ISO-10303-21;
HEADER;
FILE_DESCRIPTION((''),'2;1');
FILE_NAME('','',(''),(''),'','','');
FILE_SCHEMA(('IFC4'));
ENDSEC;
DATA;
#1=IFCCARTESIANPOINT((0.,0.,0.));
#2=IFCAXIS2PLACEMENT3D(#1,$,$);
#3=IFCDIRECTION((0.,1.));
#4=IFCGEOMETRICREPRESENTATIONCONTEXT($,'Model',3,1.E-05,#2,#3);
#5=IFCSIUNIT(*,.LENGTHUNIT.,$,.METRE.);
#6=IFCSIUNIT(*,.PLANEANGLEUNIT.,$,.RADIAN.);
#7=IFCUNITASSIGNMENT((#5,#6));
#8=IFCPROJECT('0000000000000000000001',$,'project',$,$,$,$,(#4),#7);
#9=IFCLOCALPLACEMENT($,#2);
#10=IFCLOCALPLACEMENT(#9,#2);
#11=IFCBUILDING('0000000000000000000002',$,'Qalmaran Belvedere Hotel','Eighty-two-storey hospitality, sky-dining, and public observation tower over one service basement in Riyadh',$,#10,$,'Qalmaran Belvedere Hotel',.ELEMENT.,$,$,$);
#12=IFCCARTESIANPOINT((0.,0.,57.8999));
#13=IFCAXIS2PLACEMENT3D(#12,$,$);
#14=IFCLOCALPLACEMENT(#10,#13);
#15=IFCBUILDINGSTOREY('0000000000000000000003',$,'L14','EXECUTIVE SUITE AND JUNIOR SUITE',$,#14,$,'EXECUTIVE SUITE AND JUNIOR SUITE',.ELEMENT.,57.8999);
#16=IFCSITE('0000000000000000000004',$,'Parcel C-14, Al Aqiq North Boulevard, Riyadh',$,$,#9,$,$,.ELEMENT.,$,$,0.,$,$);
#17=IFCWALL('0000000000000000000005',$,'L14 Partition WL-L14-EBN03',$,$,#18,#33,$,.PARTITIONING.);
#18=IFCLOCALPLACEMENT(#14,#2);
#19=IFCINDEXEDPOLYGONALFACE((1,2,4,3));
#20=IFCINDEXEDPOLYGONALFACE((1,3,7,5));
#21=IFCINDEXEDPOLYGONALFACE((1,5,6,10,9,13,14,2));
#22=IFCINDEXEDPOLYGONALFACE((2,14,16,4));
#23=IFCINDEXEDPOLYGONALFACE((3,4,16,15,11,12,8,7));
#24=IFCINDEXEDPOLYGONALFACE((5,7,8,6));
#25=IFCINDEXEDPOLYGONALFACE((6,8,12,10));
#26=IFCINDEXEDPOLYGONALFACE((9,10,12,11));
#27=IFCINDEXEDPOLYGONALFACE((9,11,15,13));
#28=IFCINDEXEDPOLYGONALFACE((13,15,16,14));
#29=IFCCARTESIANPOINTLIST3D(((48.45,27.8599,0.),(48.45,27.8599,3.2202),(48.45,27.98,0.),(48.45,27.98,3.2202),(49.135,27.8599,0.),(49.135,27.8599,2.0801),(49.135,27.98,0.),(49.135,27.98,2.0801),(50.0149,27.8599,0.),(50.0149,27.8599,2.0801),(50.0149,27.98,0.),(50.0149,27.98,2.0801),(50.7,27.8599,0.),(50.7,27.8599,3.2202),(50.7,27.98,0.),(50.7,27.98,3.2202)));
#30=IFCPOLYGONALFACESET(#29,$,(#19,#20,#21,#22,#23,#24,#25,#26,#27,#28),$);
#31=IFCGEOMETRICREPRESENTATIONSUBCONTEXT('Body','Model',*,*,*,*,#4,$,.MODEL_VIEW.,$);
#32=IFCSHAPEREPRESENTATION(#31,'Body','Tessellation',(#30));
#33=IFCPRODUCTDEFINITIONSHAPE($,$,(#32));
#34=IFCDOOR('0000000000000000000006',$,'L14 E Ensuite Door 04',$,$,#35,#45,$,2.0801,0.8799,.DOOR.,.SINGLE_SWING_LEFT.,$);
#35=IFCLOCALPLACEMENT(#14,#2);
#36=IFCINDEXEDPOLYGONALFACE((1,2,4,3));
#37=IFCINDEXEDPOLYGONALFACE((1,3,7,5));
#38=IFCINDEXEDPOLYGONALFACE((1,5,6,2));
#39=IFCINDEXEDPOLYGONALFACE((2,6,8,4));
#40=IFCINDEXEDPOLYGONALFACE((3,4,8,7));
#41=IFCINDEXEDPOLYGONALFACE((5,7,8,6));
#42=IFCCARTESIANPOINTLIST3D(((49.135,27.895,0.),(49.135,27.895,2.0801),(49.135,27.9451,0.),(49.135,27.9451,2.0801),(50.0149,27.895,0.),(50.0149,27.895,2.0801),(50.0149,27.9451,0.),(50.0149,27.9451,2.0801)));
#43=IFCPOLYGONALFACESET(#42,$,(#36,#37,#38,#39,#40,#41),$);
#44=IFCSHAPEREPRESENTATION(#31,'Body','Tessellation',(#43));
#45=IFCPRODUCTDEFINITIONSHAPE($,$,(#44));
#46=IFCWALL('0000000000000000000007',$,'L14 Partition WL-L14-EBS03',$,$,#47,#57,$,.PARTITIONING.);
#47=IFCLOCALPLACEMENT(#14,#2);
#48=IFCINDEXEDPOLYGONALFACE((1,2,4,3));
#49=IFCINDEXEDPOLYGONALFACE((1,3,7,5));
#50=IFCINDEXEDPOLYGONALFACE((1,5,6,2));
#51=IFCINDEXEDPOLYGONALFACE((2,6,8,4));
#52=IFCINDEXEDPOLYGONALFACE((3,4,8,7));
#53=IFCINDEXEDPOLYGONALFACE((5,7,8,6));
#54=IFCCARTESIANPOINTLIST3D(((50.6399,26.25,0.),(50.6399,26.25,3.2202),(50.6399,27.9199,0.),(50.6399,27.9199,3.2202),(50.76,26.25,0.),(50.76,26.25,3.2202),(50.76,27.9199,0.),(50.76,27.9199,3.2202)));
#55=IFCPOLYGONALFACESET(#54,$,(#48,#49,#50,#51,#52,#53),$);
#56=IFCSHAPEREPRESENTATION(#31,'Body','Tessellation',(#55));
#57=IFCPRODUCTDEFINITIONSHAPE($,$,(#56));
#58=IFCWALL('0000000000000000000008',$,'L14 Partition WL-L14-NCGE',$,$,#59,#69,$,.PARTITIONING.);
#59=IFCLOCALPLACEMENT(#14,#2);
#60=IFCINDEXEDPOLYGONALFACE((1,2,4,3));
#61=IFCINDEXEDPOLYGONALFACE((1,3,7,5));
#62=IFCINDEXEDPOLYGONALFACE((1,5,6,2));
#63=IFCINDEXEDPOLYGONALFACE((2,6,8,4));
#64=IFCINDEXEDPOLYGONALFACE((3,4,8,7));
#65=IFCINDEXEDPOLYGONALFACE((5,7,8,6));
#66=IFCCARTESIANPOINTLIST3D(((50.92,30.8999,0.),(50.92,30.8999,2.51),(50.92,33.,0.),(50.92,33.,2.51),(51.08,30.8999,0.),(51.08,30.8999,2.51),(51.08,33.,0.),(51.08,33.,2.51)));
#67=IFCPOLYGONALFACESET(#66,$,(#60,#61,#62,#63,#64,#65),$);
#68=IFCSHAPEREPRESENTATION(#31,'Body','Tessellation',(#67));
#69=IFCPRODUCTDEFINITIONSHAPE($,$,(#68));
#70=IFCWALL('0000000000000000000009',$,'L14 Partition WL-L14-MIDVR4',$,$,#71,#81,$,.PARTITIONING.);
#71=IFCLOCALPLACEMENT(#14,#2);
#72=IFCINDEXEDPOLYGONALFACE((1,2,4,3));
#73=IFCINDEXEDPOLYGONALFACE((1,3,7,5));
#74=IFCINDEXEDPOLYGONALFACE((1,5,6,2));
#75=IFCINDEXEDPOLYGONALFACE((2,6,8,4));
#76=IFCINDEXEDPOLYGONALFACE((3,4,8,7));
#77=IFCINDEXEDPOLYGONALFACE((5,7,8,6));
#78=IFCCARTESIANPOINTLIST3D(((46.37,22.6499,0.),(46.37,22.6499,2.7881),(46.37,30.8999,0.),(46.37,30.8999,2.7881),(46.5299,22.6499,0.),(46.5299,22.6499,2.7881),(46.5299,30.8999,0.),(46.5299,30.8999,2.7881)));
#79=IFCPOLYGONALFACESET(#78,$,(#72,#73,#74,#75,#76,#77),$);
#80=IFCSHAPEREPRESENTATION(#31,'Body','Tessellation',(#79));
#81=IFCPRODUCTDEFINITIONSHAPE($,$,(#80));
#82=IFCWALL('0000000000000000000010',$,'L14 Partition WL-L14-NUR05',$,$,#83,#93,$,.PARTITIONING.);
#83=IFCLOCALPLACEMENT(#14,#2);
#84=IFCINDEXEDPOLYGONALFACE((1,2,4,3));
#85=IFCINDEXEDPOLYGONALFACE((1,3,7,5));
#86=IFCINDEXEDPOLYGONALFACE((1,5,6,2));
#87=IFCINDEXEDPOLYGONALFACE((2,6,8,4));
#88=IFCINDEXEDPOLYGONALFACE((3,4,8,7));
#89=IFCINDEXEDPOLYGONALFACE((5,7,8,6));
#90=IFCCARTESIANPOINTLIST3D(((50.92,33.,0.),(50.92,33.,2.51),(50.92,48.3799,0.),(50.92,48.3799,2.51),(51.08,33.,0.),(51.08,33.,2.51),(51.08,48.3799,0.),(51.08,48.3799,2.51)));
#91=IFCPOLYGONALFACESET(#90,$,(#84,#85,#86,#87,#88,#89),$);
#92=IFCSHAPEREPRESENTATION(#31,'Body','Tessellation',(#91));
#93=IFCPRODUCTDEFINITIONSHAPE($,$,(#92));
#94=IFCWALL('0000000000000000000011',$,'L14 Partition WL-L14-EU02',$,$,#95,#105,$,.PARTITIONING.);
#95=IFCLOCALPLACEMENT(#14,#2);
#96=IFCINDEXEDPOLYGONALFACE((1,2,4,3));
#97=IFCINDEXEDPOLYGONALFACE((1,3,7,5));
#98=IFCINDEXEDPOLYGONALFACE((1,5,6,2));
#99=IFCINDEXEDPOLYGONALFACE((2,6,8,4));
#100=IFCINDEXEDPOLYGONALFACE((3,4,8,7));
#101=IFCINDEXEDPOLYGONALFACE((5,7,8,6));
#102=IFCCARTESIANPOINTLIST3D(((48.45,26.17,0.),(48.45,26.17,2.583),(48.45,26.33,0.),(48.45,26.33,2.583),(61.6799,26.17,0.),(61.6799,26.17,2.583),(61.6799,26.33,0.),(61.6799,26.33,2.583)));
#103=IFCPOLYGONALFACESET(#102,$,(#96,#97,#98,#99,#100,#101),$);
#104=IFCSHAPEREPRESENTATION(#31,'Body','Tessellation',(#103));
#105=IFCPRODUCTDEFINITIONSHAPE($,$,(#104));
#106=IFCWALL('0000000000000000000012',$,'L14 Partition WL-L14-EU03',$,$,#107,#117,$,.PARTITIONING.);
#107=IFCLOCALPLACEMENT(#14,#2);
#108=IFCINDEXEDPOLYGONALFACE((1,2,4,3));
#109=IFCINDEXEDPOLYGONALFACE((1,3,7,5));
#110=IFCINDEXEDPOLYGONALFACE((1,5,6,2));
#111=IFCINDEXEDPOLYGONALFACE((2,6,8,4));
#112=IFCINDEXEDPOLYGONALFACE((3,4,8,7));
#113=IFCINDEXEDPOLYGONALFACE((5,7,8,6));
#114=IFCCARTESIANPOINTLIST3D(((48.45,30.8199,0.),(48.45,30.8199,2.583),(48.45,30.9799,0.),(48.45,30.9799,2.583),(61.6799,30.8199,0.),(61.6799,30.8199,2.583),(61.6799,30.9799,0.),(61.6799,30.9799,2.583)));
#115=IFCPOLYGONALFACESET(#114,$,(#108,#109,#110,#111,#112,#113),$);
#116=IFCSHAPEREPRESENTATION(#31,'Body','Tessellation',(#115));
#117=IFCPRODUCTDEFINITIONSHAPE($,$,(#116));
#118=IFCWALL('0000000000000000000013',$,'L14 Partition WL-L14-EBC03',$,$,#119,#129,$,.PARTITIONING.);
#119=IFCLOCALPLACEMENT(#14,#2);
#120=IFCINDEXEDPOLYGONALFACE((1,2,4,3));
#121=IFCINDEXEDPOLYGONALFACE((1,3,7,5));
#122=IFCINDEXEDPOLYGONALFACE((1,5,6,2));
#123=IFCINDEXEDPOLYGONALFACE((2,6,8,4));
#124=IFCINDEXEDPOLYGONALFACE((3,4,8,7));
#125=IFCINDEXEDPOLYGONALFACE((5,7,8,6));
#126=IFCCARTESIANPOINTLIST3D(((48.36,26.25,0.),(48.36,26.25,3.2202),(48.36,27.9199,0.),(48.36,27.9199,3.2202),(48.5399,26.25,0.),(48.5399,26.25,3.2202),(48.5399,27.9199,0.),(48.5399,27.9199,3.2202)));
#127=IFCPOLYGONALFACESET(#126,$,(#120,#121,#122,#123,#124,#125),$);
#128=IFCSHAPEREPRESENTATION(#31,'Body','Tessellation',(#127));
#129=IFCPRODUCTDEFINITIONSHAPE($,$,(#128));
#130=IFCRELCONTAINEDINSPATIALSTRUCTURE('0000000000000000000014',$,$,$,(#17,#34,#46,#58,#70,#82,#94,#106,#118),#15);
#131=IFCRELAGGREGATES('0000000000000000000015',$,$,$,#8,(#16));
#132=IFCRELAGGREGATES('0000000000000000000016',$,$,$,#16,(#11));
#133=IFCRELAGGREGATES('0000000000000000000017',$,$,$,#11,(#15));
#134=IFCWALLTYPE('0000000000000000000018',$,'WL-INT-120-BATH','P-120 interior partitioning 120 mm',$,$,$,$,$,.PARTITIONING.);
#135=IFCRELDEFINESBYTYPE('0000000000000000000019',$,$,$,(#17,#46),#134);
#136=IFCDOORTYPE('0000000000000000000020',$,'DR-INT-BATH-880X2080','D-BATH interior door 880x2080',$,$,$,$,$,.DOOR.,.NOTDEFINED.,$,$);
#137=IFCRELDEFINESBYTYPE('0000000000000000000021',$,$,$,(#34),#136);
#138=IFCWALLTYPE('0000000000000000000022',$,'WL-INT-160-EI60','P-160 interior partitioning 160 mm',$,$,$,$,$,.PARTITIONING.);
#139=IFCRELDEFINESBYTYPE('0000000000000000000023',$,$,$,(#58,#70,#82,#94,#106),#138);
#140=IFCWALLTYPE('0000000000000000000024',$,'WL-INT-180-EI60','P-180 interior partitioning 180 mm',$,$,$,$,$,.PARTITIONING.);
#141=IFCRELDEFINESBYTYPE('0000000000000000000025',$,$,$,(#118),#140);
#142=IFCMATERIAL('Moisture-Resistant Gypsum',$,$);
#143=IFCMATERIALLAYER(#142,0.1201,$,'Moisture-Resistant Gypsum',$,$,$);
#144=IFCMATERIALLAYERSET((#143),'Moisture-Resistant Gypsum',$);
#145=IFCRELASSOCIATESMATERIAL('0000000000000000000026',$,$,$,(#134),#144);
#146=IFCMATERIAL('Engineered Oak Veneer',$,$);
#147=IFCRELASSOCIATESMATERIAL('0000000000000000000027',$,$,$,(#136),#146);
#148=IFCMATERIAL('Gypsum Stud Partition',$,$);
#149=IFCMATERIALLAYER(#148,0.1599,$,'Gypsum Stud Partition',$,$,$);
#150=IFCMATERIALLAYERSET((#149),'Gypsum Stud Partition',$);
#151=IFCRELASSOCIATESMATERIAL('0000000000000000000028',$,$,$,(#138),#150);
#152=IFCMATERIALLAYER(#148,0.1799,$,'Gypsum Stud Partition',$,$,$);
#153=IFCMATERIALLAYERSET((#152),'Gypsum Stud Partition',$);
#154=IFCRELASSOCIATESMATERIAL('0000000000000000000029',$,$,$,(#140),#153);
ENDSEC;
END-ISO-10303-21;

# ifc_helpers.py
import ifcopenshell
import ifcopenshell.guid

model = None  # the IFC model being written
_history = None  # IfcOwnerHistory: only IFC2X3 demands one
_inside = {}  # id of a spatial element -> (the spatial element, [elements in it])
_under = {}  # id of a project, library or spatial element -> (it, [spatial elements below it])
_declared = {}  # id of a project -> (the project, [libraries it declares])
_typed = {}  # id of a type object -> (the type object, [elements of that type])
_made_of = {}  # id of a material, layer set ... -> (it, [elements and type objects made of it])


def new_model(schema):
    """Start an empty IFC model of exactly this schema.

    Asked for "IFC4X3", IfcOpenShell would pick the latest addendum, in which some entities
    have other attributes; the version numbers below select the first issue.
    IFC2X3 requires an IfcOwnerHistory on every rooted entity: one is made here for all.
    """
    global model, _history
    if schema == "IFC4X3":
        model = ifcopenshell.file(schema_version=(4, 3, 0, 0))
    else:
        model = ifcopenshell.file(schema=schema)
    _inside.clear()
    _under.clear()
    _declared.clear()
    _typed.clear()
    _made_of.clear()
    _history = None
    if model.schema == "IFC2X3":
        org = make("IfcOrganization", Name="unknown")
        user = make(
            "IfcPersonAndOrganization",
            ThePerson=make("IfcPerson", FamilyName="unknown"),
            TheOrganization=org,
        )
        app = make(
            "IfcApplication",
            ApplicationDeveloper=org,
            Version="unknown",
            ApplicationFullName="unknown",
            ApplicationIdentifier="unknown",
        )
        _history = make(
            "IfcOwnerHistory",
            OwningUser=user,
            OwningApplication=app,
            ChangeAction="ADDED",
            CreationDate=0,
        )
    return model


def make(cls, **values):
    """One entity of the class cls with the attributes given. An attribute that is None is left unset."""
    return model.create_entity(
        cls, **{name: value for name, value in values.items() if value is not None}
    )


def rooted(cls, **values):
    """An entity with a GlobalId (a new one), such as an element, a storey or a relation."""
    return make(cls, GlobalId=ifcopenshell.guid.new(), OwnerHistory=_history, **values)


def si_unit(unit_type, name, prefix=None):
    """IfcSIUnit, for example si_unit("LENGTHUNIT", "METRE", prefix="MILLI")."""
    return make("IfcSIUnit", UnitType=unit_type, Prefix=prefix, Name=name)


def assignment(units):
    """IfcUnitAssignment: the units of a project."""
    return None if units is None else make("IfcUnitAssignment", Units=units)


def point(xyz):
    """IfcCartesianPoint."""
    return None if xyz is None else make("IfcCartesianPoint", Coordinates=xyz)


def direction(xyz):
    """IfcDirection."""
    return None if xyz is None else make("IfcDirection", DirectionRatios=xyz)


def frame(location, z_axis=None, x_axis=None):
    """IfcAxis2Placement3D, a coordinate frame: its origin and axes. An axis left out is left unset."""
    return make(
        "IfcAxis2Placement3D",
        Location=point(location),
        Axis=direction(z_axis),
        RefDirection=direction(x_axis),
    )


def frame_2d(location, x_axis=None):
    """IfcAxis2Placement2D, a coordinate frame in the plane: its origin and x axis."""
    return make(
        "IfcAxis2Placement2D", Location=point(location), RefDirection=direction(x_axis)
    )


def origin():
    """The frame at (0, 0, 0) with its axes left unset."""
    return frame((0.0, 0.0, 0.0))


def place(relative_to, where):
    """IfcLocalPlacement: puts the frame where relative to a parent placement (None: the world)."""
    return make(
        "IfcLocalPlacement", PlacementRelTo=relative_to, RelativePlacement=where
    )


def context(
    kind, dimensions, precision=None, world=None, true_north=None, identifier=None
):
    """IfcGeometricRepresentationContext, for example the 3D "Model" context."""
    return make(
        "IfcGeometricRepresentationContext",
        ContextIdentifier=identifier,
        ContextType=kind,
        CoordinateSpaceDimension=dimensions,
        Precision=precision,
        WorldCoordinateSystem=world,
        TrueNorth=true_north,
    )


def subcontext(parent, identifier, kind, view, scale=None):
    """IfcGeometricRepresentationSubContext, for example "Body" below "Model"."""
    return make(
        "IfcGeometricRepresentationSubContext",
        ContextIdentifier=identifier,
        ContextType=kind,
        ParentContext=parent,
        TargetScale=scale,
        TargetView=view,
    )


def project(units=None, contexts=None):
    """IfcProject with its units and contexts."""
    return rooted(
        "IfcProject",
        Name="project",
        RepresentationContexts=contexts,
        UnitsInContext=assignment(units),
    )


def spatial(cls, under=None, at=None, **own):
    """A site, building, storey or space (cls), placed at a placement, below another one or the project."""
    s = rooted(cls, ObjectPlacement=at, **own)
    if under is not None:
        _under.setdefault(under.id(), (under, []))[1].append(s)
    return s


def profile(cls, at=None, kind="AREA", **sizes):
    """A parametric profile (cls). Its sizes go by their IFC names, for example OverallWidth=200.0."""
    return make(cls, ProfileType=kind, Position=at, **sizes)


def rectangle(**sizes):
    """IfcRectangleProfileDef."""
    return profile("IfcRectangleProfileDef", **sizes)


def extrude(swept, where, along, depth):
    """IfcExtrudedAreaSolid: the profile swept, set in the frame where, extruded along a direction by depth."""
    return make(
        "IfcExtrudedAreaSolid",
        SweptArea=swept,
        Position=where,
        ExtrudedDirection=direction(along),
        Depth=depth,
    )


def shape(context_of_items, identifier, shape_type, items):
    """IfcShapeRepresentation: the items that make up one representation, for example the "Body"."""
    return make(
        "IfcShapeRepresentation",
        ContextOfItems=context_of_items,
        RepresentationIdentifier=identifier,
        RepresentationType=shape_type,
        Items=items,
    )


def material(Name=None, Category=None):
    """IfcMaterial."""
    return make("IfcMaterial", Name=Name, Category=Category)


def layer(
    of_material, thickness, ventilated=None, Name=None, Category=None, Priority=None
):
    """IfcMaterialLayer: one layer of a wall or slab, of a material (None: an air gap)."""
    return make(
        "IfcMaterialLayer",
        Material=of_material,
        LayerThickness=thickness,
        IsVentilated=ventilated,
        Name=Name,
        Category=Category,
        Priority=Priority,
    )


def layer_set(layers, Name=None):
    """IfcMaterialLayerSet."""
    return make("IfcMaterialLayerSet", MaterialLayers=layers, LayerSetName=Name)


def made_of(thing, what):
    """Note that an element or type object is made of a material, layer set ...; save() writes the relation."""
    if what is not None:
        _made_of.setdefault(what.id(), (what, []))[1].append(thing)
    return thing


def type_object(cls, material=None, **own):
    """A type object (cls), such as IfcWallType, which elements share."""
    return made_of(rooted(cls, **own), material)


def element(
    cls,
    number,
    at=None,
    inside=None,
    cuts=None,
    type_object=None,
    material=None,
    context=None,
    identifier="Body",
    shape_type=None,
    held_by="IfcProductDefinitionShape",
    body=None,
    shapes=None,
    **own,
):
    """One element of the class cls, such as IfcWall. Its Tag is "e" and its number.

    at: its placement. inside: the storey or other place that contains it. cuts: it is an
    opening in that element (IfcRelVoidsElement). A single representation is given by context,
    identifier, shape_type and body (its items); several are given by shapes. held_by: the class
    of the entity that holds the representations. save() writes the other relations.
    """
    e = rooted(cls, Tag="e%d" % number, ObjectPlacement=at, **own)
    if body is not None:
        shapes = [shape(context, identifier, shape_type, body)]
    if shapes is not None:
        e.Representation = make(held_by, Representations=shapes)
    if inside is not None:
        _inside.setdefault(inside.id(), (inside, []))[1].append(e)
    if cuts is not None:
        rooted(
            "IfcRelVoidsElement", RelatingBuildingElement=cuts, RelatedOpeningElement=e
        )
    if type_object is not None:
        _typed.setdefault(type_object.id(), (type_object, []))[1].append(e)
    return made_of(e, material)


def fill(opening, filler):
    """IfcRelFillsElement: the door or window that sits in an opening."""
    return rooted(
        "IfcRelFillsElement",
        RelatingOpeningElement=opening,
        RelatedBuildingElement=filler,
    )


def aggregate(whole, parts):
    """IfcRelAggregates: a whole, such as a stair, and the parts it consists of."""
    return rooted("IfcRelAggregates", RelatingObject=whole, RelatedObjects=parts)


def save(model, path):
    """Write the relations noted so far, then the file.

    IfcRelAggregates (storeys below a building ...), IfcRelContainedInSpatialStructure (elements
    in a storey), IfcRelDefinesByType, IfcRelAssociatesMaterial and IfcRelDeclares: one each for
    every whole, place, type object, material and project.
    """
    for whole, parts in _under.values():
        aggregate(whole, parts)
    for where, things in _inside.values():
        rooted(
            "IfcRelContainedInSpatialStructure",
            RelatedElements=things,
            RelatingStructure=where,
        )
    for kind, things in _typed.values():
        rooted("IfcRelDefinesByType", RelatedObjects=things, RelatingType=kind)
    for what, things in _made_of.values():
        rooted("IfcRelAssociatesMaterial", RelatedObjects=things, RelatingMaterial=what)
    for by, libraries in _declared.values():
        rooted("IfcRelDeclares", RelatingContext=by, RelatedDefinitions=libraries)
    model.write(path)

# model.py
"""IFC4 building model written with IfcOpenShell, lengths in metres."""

from ifc_helpers import new_model, si_unit, direction, frame, frame_2d, origin, place, context, subcontext, project, spatial, rectangle, extrude, material, layer, layer_set, type_object, element, fill, save


model = new_model("IFC4")

# Units and contexts
model_context = context("Model", 3, precision=1e-05, world=origin(), true_north=direction((0.0, 1.0)))
body_context = subcontext(model_context, "Body", "Model", "MODEL_VIEW")
ifc_project = project(units=[si_unit("LENGTHUNIT", "METRE"), si_unit("PLANEANGLEUNIT", "RADIAN")], contexts=[model_context])

# Site, building, storey
site_placement = place(None, origin())
site = spatial("IfcSite", under=ifc_project, at=site_placement, Name="Parcel C-14, Al Aqiq North Boulevard, Riyadh", CompositionType="ELEMENT", RefElevation=0.0)
building_placement = place(site_placement, origin())
building = spatial("IfcBuilding", under=site, at=building_placement, Name="Qalmaran Belvedere Hotel", Description="Eighty-two-storey hospitality, sky-dining, and public observation tower over one service basement in Riyadh", LongName="Qalmaran Belvedere Hotel", CompositionType="ELEMENT")
storey_placement = place(building_placement, frame((0.0, 0.0, 57.8999)))
storey = spatial("IfcBuildingStorey", under=building, at=storey_placement, Name="L14", Description="EXECUTIVE SUITE AND JUNIOR SUITE", LongName="EXECUTIVE SUITE AND JUNIOR SUITE", CompositionType="ELEMENT", Elevation=57.8999)

# Shared definitions
ifc_material_1 = material(Name="Moisture-Resistant Gypsum")
ifc_layer_1 = layer(ifc_material_1, 0.1201, Name="Moisture-Resistant Gypsum")
ifc_layer_set_1 = layer_set([ifc_layer_1], Name="Moisture-Resistant Gypsum")
wall_type_1 = type_object("IfcWallType", Name="WL-INT-120-BATH", Description="P-120 interior partitioning 120 mm", PredefinedType="PARTITIONING", material=ifc_layer_set_1)

# Wall, opening, door
ifc_material_2 = material(Name="Engineered Oak Veneer")
door_type_1 = type_object("IfcDoorType", Name="DR-INT-BATH-880X2080", Description="D-BATH interior door 880x2080", OperationType="NOTDEFINED", PredefinedType="DOOR", material=ifc_material_2)
wall_1_placement = place(storey_placement, frame((48.45, 27.9199, 0.0), z_axis=(0.0, 0.0, 1.0), x_axis=(1.0, 0.0, 0.0)))
wall_1 = element("IfcWall", 1, at=wall_1_placement, inside=storey, type_object=wall_type_1, Name="L14 Partition WL-L14-EBN03", PredefinedType="PARTITIONING", context=body_context, shape_type="SweptSolid", body=[
    extrude(rectangle(XDim=2.25, YDim=0.1201, at=frame_2d((1.125, 0.0))), origin(), (0.0, 0.0, 1.0), 3.2202),
])
opening_1_placement = place(wall_1_placement, frame((1.5649, 0.0, 0.0), z_axis=(0.0, 0.0, 1.0), x_axis=(-1.0, 0.0, 0.0)))
opening_1 = element("IfcOpeningElement", 2, at=opening_1_placement, cuts=wall_1, PredefinedType="OPENING", context=body_context, shape_type="SweptSolid", body=[
    extrude(rectangle(XDim=0.8799, YDim=2.0801, at=frame_2d((0.4399, 1.04))), frame((0.0, 0.0701, 0.0), z_axis=(0.0, -1.0, 0.0), x_axis=(1.0, 0.0, 0.0)), (0.0, 0.0, 1.0), 0.1401),
])
door_1_placement = place(opening_1_placement, origin())
door_1 = element("IfcDoor", 3, at=door_1_placement, inside=storey, type_object=door_type_1, Name="L14 E Ensuite Door 04", OperationType="SINGLE_SWING_LEFT", OverallHeight=2.0801, OverallWidth=0.8799, PredefinedType="DOOR", context=body_context, shape_type="SweptSolid", body=[
    extrude(rectangle(XDim=0.8799, YDim=2.0801, at=frame_2d((0.4399, 1.04))), frame((0.0, 0.0249, 0.0), z_axis=(0.0, -1.0, 0.0), x_axis=(1.0, 0.0, 0.0)), (0.0, 0.0, 1.0), 0.05),
])
fill(opening_1, door_1)

# Wall
wall_2_placement = place(storey_placement, frame((50.7, 26.25, 0.0), z_axis=(0.0, 0.0, 1.0), x_axis=(0.0, 1.0, 0.0)))
element("IfcWall", 4, at=wall_2_placement, inside=storey, type_object=wall_type_1, Name="L14 Partition WL-L14-EBS03", PredefinedType="PARTITIONING", context=body_context, shape_type="SweptSolid", body=[
    extrude(rectangle(XDim=1.6699, YDim=0.1201, at=frame_2d((0.835, 0.0))), origin(), (0.0, 0.0, 1.0), 3.2202),
])

# Shared definitions
ifc_material_3 = material(Name="Gypsum Stud Partition")

# Walls
ifc_layer_2 = layer(ifc_material_3, 0.1599, Name="Gypsum Stud Partition")
ifc_layer_set_2 = layer_set([ifc_layer_2], Name="Gypsum Stud Partition")
wall_type_2 = type_object("IfcWallType", Name="WL-INT-160-EI60", Description="P-160 interior partitioning 160 mm", PredefinedType="PARTITIONING", material=ifc_layer_set_2)
wall_3_placement = place(storey_placement, frame((51.0, 30.8999, 0.0), z_axis=(0.0, 0.0, 1.0), x_axis=(0.0, 1.0, 0.0)))
element("IfcWall", 5, at=wall_3_placement, inside=storey, type_object=wall_type_2, Name="L14 Partition WL-L14-NCGE", PredefinedType="PARTITIONING", context=body_context, shape_type="SweptSolid", body=[
    extrude(rectangle(XDim=2.1001, YDim=0.1599, at=frame_2d((1.05, 0.0))), origin(), (0.0, 0.0, 1.0), 2.51),
])
wall_4_placement = place(storey_placement, frame((46.45, 22.6499, 0.0), z_axis=(0.0, 0.0, 1.0), x_axis=(0.0, 1.0, 0.0)))
element("IfcWall", 6, at=wall_4_placement, inside=storey, type_object=wall_type_2, Name="L14 Partition WL-L14-MIDVR4", PredefinedType="PARTITIONING", context=body_context, shape_type="SweptSolid", body=[
    extrude(rectangle(XDim=8.25, YDim=0.1599, at=frame_2d((4.125, 0.0))), origin(), (0.0, 0.0, 1.0), 2.7881),
])
wall_5_placement = place(storey_placement, frame((51.0, 33.0, 0.0), z_axis=(0.0, 0.0, 1.0), x_axis=(0.0, 1.0, 0.0)))
element("IfcWall", 7, at=wall_5_placement, inside=storey, type_object=wall_type_2, Name="L14 Partition WL-L14-NUR05", PredefinedType="PARTITIONING", context=body_context, shape_type="SweptSolid", body=[
    extrude(rectangle(XDim=15.3799, YDim=0.1599, at=frame_2d((7.6899, 0.0))), origin(), (0.0, 0.0, 1.0), 2.51),
])
for number, where, z_axis, x_axis, name in (
    (8, (48.45, 26.25, 0.0), (0.0, 0.0, 1.0), (1.0, 0.0, 0.0), "L14 Partition WL-L14-EU02"),
    (9, (48.45, 30.8999, 0.0), (0.0, 0.0, 1.0), (1.0, 0.0, 0.0), "L14 Partition WL-L14-EU03"),
):
    element("IfcWall", number, at=place(storey_placement, frame(where, z_axis=z_axis, x_axis=x_axis)), inside=storey, type_object=wall_type_2, Name=name, PredefinedType="PARTITIONING", context=body_context, shape_type="SweptSolid", body=[
        extrude(rectangle(XDim=13.23, YDim=0.1599, at=frame_2d((6.615, 0.0))), origin(), (0.0, 0.0, 1.0), 2.583),
    ])

# Shared definitions
ifc_layer_3 = layer(ifc_material_3, 0.1799, Name="Gypsum Stud Partition")
ifc_layer_set_3 = layer_set([ifc_layer_3], Name="Gypsum Stud Partition")
wall_type_3 = type_object("IfcWallType", Name="WL-INT-180-EI60", Description="P-180 interior partitioning 180 mm", PredefinedType="PARTITIONING", material=ifc_layer_set_3)

# Wall
wall_6_placement = place(storey_placement, frame((48.45, 26.25, 0.0), z_axis=(0.0, 0.0, 1.0), x_axis=(0.0, 1.0, 0.0)))
element("IfcWall", 10, at=wall_6_placement, inside=storey, type_object=wall_type_3, Name="L14 Partition WL-L14-EBC03", PredefinedType="PARTITIONING", context=body_context, shape_type="SweptSolid", body=[
    extrude(rectangle(XDim=1.6699, YDim=0.1799, at=frame_2d((0.835, 0.0))), origin(), (0.0, 0.0, 1.0), 3.2202),
])

save(model, "model.ifc")
